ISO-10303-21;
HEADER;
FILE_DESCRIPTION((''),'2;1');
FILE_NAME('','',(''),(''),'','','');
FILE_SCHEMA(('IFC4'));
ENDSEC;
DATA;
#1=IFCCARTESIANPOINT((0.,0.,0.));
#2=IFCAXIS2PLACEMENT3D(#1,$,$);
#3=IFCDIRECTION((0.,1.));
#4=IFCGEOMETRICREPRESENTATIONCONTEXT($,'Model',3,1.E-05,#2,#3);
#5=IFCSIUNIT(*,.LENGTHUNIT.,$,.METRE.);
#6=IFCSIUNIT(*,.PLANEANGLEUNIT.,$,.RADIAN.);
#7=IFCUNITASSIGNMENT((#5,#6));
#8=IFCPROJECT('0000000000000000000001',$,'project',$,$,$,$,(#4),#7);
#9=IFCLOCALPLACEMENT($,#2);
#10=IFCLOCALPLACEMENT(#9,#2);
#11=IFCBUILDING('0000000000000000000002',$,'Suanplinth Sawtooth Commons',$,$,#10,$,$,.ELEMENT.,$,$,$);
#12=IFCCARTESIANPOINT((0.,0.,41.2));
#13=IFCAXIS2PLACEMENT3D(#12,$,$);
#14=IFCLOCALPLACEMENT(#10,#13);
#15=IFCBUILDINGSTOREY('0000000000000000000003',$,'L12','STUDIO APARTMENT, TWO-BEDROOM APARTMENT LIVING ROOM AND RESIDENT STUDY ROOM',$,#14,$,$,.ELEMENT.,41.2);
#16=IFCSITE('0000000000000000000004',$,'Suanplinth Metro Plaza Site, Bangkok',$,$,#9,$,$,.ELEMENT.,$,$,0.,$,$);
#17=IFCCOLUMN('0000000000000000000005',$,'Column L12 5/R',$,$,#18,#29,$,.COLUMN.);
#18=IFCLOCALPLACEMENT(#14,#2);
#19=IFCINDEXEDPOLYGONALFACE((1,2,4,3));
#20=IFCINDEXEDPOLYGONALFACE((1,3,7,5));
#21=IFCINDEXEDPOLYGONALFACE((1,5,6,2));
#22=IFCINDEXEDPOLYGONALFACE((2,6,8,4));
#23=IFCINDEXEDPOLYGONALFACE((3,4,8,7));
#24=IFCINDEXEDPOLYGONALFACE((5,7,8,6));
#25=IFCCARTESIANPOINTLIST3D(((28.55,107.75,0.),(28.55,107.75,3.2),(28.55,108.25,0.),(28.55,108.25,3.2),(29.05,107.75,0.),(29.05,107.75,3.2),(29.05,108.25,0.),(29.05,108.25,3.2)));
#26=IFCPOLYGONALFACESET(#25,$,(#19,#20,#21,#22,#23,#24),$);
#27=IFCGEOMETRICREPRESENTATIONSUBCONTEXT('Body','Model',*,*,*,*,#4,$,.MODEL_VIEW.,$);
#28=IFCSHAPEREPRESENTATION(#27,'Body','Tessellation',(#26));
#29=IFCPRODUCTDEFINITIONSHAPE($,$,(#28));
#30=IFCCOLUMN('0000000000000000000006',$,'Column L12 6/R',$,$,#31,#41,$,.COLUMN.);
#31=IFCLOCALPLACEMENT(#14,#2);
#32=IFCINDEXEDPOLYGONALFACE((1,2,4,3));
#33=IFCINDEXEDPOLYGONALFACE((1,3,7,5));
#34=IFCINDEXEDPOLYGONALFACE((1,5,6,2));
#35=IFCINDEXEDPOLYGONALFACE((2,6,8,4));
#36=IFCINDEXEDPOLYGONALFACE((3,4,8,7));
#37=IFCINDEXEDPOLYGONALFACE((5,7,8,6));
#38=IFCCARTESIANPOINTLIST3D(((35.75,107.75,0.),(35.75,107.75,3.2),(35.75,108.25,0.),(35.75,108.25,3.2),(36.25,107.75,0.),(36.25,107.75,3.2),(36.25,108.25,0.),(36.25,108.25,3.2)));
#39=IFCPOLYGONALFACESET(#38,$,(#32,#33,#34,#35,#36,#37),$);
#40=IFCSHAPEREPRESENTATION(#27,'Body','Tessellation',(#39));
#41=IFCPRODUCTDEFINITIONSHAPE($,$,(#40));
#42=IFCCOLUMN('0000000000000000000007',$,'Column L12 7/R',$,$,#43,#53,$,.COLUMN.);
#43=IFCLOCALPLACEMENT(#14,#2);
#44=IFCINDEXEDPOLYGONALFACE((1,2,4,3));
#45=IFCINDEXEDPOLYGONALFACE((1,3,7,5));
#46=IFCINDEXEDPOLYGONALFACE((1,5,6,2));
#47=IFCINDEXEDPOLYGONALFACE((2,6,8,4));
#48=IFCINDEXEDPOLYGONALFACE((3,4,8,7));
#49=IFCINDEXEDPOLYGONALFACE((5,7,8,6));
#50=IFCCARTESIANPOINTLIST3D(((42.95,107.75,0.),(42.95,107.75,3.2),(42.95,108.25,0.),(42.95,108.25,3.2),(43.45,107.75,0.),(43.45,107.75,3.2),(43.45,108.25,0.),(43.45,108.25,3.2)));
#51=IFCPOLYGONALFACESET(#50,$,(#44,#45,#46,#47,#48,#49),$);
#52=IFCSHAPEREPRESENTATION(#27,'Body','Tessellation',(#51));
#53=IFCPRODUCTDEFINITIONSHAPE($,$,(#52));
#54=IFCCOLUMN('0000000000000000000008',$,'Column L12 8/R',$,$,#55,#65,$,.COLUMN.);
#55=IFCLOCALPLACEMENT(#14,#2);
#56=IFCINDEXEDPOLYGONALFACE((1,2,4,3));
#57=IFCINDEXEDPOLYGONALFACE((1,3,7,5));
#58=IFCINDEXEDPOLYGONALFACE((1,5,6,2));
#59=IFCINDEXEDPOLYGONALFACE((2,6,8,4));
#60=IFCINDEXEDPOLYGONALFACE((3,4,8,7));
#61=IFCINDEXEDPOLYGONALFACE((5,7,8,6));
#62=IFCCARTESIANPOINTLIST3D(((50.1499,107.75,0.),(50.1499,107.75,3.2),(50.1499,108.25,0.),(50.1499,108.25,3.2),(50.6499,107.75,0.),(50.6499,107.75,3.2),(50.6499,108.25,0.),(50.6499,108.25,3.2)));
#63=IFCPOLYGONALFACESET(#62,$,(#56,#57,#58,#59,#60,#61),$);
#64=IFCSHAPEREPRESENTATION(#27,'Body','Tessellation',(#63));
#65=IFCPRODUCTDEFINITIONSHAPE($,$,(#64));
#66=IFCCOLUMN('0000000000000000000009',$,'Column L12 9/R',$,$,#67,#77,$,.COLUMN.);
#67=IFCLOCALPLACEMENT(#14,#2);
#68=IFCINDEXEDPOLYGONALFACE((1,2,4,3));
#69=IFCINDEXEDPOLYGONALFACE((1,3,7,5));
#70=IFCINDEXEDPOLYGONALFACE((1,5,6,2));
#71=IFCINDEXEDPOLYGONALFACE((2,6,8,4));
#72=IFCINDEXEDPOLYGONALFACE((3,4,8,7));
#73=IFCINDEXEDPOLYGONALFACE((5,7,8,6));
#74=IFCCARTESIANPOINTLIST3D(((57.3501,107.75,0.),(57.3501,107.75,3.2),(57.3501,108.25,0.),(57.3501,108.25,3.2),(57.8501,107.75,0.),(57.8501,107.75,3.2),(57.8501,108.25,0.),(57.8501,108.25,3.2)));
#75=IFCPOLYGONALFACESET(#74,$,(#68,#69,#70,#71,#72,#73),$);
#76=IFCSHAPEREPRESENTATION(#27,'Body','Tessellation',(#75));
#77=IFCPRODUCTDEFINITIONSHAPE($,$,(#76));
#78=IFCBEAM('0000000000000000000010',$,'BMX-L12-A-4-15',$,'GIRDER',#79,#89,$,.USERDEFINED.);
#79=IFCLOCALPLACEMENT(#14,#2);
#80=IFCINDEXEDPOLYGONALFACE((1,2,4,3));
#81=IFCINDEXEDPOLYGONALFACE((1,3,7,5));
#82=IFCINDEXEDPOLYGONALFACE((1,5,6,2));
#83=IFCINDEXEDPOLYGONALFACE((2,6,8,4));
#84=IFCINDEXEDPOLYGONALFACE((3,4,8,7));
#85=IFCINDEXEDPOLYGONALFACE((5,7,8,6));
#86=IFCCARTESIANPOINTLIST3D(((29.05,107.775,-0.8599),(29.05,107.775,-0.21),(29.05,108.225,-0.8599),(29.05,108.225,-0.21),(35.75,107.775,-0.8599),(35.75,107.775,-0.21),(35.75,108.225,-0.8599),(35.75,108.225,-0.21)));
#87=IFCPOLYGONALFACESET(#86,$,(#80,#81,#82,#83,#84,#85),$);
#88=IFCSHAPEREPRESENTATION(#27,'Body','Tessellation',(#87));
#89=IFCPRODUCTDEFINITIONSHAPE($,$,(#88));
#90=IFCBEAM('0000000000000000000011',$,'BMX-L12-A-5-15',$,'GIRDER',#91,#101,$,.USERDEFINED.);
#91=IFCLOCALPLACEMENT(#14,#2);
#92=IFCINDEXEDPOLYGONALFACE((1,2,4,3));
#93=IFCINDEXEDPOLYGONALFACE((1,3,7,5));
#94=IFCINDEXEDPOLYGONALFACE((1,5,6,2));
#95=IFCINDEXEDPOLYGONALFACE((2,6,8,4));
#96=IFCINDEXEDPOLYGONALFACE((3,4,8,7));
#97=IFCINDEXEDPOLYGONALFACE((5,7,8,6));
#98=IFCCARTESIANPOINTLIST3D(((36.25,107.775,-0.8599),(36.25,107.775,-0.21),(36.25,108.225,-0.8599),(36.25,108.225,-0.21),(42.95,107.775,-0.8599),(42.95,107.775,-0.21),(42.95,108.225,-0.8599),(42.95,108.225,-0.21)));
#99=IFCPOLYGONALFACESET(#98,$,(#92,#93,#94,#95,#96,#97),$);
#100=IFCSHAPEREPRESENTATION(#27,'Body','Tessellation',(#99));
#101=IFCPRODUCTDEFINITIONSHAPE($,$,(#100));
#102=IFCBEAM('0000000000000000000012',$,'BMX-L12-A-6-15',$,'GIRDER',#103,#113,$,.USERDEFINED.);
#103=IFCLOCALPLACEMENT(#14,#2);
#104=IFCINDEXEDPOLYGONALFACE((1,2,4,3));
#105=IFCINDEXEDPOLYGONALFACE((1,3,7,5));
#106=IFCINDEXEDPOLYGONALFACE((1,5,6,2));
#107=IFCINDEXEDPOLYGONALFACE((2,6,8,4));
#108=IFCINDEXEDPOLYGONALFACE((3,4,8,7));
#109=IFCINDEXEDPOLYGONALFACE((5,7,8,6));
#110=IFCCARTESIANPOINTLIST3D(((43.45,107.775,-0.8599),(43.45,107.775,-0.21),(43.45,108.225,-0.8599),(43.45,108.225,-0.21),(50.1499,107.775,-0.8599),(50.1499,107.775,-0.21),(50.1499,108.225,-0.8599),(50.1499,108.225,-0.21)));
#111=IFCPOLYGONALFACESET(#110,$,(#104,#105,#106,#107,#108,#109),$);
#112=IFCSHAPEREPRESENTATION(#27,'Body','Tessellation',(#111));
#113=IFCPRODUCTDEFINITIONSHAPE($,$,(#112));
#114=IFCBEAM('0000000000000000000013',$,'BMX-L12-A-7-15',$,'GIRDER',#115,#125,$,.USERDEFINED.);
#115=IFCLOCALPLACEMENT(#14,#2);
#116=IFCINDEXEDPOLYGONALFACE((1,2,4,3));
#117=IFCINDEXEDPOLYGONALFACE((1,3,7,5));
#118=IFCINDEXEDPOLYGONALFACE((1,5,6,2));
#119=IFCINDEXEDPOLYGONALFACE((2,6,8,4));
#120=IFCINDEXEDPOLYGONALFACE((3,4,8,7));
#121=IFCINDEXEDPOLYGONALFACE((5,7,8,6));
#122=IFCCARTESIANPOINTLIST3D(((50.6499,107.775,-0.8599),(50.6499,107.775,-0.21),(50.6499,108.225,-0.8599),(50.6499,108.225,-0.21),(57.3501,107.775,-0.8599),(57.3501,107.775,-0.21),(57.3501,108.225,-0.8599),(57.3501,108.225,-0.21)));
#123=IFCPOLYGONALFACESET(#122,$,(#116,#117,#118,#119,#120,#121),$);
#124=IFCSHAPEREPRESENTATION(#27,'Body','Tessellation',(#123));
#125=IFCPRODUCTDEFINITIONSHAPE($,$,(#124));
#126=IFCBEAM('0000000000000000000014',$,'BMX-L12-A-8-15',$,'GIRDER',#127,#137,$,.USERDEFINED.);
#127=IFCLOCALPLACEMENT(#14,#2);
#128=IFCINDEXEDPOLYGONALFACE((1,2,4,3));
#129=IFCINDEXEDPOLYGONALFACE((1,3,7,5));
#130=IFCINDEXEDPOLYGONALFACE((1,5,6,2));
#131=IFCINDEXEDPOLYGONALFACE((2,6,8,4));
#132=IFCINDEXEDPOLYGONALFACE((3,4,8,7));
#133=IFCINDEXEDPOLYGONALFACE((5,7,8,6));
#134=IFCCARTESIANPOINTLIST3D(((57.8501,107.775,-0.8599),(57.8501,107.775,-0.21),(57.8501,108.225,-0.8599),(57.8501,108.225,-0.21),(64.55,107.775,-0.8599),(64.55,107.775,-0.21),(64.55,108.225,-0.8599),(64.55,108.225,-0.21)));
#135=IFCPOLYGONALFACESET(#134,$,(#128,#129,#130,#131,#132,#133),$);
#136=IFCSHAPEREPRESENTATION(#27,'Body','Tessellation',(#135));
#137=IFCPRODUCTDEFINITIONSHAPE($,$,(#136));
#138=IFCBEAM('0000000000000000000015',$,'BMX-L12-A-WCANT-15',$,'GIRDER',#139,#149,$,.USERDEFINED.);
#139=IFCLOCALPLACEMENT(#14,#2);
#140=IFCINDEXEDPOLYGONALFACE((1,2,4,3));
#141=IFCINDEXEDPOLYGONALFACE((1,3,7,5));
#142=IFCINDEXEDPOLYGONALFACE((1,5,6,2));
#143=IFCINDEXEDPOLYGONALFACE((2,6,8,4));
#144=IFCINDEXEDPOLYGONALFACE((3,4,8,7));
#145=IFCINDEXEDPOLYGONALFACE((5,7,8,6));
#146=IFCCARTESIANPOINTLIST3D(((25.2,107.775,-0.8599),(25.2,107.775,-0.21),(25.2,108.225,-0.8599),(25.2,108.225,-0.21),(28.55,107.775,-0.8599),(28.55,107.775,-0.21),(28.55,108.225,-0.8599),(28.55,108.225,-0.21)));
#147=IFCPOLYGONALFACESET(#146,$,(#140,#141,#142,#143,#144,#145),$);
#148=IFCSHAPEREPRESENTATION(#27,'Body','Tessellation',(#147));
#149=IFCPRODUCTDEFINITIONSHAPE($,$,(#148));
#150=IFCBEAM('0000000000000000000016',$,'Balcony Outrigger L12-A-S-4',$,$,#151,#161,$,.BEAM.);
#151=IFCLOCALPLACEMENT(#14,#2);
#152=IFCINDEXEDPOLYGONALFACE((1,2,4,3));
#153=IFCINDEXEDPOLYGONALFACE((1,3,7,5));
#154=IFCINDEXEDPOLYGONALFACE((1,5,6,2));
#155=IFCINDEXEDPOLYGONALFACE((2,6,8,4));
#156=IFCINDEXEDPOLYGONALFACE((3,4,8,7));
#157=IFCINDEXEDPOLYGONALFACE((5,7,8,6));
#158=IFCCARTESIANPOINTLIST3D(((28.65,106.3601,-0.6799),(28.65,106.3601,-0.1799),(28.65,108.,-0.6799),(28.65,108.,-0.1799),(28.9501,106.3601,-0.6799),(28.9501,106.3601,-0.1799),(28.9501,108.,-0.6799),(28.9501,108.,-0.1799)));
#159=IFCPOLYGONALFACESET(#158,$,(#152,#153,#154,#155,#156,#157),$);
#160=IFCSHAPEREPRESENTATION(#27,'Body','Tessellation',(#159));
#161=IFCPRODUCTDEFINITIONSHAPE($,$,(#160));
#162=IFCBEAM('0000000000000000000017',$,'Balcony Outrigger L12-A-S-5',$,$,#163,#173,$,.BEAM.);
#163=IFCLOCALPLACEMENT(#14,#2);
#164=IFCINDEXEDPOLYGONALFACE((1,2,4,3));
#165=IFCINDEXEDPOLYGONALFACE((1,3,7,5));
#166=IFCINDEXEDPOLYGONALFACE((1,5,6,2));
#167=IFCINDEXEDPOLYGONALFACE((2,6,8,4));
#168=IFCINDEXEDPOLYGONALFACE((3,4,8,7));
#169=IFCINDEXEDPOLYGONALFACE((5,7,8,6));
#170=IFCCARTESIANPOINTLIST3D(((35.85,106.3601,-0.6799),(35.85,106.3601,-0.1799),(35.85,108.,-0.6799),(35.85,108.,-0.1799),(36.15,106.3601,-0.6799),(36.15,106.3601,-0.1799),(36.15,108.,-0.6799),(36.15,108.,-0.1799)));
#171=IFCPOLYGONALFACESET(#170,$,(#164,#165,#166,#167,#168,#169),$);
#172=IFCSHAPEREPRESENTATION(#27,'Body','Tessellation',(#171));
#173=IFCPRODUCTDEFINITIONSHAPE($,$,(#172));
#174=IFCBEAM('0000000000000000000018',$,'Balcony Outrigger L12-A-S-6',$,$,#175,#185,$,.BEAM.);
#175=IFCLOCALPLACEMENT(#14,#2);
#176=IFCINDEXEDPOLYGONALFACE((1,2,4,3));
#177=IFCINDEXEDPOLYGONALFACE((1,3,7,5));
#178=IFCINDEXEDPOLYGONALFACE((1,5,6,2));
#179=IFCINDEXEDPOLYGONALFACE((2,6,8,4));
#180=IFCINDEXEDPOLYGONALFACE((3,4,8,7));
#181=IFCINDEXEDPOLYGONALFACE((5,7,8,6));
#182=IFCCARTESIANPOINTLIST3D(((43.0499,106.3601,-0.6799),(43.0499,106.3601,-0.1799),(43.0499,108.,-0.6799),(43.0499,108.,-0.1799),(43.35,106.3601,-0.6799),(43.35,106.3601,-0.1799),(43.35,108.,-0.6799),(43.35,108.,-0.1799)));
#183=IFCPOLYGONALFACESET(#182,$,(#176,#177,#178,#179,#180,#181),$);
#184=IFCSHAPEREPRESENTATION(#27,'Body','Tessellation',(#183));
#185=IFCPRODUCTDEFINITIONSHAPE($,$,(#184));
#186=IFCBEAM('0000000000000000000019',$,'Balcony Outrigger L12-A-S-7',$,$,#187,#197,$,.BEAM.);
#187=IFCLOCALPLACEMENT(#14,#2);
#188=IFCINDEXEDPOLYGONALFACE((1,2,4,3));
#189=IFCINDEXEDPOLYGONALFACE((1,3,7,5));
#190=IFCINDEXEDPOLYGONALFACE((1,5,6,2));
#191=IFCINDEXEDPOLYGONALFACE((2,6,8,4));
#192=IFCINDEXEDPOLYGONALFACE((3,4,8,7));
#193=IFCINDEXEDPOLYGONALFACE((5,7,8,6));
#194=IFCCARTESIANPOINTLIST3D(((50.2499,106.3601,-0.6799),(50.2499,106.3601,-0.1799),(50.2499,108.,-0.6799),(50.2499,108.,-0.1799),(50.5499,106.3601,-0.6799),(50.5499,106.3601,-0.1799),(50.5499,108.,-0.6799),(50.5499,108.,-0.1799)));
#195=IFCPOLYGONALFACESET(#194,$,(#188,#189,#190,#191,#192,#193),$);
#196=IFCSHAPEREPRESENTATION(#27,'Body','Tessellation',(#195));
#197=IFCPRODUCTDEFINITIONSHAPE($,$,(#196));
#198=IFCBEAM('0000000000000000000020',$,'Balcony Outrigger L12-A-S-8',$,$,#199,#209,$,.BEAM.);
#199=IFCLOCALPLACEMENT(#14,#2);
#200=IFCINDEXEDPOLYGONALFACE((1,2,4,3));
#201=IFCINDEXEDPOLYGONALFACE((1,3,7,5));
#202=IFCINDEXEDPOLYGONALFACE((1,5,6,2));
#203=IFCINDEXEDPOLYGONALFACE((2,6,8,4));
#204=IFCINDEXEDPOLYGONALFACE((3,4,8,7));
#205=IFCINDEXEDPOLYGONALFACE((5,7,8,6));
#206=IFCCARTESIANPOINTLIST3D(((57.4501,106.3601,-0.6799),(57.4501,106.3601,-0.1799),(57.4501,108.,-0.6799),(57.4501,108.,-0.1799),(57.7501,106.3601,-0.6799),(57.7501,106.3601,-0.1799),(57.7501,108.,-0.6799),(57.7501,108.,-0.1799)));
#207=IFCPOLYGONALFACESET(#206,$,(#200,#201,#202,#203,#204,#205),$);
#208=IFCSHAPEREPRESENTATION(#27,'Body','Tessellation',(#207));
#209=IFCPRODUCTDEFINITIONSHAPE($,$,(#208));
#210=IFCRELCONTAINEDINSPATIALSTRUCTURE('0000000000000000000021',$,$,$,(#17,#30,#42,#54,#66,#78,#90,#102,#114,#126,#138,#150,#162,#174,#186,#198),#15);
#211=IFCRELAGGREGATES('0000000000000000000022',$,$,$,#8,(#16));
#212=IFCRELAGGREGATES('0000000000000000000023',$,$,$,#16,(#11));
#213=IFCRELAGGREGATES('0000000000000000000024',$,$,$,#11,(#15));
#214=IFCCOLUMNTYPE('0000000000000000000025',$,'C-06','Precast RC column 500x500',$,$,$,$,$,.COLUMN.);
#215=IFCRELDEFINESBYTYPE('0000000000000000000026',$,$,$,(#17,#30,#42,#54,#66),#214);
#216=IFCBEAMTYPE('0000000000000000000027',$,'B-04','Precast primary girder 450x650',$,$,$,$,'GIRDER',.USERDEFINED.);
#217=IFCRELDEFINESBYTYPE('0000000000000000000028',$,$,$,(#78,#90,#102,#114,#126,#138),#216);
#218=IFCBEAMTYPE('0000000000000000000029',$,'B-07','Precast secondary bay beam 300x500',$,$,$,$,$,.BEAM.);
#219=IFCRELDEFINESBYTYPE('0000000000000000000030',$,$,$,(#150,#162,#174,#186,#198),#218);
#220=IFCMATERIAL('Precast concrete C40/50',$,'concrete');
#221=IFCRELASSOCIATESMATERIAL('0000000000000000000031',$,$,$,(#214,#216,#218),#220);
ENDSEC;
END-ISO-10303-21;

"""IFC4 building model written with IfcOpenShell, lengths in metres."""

from ifc_helpers import new_model, si_unit, direction, frame, origin, origin_2d, place, context, subcontext, project, spatial, rectangle, extrude, material, material_profile, profile_set, type_object, element, save


model = new_model("IFC4")

# Units and contexts
model_context = context("Model", 3, precision=1e-05, world=origin(), true_north=direction((0.0, 1.0)))
body_context = subcontext(model_context, "Body", "Model", "MODEL_VIEW")
ifc_project = project(units=[si_unit("LENGTHUNIT", "METRE"), si_unit("PLANEANGLEUNIT", "RADIAN")], contexts=[model_context])

# Site, building, storey
site_placement = place(None, origin())
site = spatial("IfcSite", under=ifc_project, at=site_placement, Name="Suanplinth Metro Plaza Site, Bangkok", CompositionType="ELEMENT", RefElevation=0.0)
building_placement = place(site_placement, origin())
building = spatial("IfcBuilding", under=site, at=building_placement, Name="Suanplinth Sawtooth Commons", CompositionType="ELEMENT")
storey_placement = place(building_placement, frame((0.0, 0.0, 41.2)))
storey = spatial("IfcBuildingStorey", under=building, at=storey_placement, Name="L12", Description="STUDIO APARTMENT, TWO-BEDROOM APARTMENT LIVING ROOM AND RESIDENT STUDY ROOM", CompositionType="ELEMENT", Elevation=41.2)

# Columns
ifc_material_1 = material(Name="Precast concrete C40/50", Category="concrete")
ifc_material_profile_1 = material_profile(ifc_material_1, rectangle(XDim=0.5, YDim=0.5, at=origin_2d()), Name="PC-COL 500x500")
ifc_profile_set_1 = profile_set([ifc_material_profile_1], Name="Precast concrete C40/50")
column_type = type_object("IfcColumnType", Name="C-06", Description="Precast RC column 500x500", PredefinedType="COLUMN", material=ifc_profile_set_1)
for number, where, z_axis, x_axis, name in (
    (1, (28.8, 108.0, 0.0), (0.0, 0.0, 1.0), (1.0, 0.0, 0.0), "Column L12 5/R"),
    (2, (36.0, 108.0, 0.0), (0.0, 0.0, 1.0), (1.0, 0.0, 0.0), "Column L12 6/R"),
    (3, (43.2, 108.0, 0.0), (0.0, 0.0, 1.0), (1.0, 0.0, 0.0), "Column L12 7/R"),
    (4, (50.3999, 108.0, 0.0), (0.0, 0.0, 1.0), (1.0, 0.0, 0.0), "Column L12 8/R"),
    (5, (57.6001, 108.0, 0.0), (0.0, 0.0, 1.0), (1.0, 0.0, 0.0), "Column L12 9/R"),
):
    element("IfcColumn", number, at=place(storey_placement, frame(where, z_axis=z_axis, x_axis=x_axis)), inside=storey, type_object=column_type, Name=name, PredefinedType="COLUMN", context=body_context, shape_type="SweptSolid", body=[
        extrude(rectangle(XDim=0.5, YDim=0.5, at=origin_2d()), origin(), (0.0, 0.0, 1.0), 3.2),
    ])

# Beams
ifc_material_profile_2 = material_profile(ifc_material_1, rectangle(XDim=0.45, YDim=0.6499, at=origin_2d()), Name="PC-GDR 450x650")
ifc_profile_set_2 = profile_set([ifc_material_profile_2], Name="Precast concrete C40/50")
beam_type_1 = type_object("IfcBeamType", Name="B-04", Description="Precast primary girder 450x650", ElementType="GIRDER", PredefinedType="USERDEFINED", material=ifc_profile_set_2)
for number, where, z_axis, x_axis, name in (
    (6, (29.05, 108.0, -0.5349), (1.0, 0.0, 0.0), (0.0, 1.0, 0.0), "BMX-L12-A-4-15"),
    (7, (36.25, 108.0, -0.5349), (1.0, 0.0, 0.0), (0.0, 1.0, 0.0), "BMX-L12-A-5-15"),
    (8, (43.45, 108.0, -0.5349), (1.0, 0.0, 0.0), (0.0, 1.0, 0.0), "BMX-L12-A-6-15"),
):
    element("IfcBeam", number, at=place(storey_placement, frame(where, z_axis=z_axis, x_axis=x_axis)), inside=storey, type_object=beam_type_1, Name=name, ObjectType="GIRDER", PredefinedType="USERDEFINED", context=body_context, shape_type="SweptSolid", body=[
        extrude(rectangle(XDim=0.45, YDim=0.6499, at=origin_2d()), origin(), (0.0, 0.0, 1.0), 6.7),
    ])
beam_1_placement = place(storey_placement, frame((50.6499, 108.0, -0.5349), z_axis=(1.0, 0.0, 0.0), x_axis=(0.0, 1.0, 0.0)))
element("IfcBeam", 9, at=beam_1_placement, inside=storey, type_object=beam_type_1, Name="BMX-L12-A-7-15", ObjectType="GIRDER", PredefinedType="USERDEFINED", context=body_context, shape_type="SweptSolid", body=[
    extrude(rectangle(XDim=0.45, YDim=0.6499, at=origin_2d()), origin(), (0.0, 0.0, 1.0), 6.7002),
])
beam_2_placement = place(storey_placement, frame((57.8501, 108.0, -0.5349), z_axis=(1.0, 0.0, 0.0), x_axis=(0.0, 1.0, 0.0)))
element("IfcBeam", 10, at=beam_2_placement, inside=storey, type_object=beam_type_1, Name="BMX-L12-A-8-15", ObjectType="GIRDER", PredefinedType="USERDEFINED", context=body_context, shape_type="SweptSolid", body=[
    extrude(rectangle(XDim=0.45, YDim=0.6499, at=origin_2d()), origin(), (0.0, 0.0, 1.0), 6.7),
])
beam_3_placement = place(storey_placement, frame((28.55, 108.0, -0.5349), z_axis=(-1.0, 0.0, 0.0), x_axis=(0.0, -1.0, 0.0)))
element("IfcBeam", 11, at=beam_3_placement, inside=storey, type_object=beam_type_1, Name="BMX-L12-A-WCANT-15", ObjectType="GIRDER", PredefinedType="USERDEFINED", context=body_context, shape_type="SweptSolid", body=[
    extrude(rectangle(XDim=0.45, YDim=0.6499, at=origin_2d()), origin(), (0.0, 0.0, 1.0), 3.3501),
])
ifc_material_profile_3 = material_profile(ifc_material_1, rectangle(XDim=0.3, YDim=0.5, at=origin_2d()), Name="PC-BM 300x500")
ifc_profile_set_3 = profile_set([ifc_material_profile_3], Name="Precast concrete C40/50")
beam_type_2 = type_object("IfcBeamType", Name="B-07", Description="Precast secondary bay beam 300x500", PredefinedType="BEAM", material=ifc_profile_set_3)
for number, where, z_axis, x_axis, name in (
    (12, (28.8, 108.0, -0.4299), (0.0, -1.0, 0.0), (1.0, 0.0, 0.0), "Balcony Outrigger L12-A-S-4"),
    (13, (36.0, 108.0, -0.4299), (0.0, -1.0, 0.0), (1.0, 0.0, 0.0), "Balcony Outrigger L12-A-S-5"),
    (14, (43.2, 108.0, -0.4299), (0.0, -1.0, 0.0), (1.0, 0.0, 0.0), "Balcony Outrigger L12-A-S-6"),
    (15, (50.3999, 108.0, -0.4299), (0.0, -1.0, 0.0), (1.0, 0.0, 0.0), "Balcony Outrigger L12-A-S-7"),
    (16, (57.6001, 108.0, -0.4299), (0.0, -1.0, 0.0), (1.0, 0.0, 0.0), "Balcony Outrigger L12-A-S-8"),
):
    element("IfcBeam", number, at=place(storey_placement, frame(where, z_axis=z_axis, x_axis=x_axis)), inside=storey, type_object=beam_type_2, Name=name, PredefinedType="BEAM", context=body_context, shape_type="SweptSolid", body=[
        extrude(rectangle(XDim=0.3, YDim=0.5, at=origin_2d()), origin(), (0.0, 0.0, 1.0), 1.6399),
    ])

save(model, "model.ifc")
